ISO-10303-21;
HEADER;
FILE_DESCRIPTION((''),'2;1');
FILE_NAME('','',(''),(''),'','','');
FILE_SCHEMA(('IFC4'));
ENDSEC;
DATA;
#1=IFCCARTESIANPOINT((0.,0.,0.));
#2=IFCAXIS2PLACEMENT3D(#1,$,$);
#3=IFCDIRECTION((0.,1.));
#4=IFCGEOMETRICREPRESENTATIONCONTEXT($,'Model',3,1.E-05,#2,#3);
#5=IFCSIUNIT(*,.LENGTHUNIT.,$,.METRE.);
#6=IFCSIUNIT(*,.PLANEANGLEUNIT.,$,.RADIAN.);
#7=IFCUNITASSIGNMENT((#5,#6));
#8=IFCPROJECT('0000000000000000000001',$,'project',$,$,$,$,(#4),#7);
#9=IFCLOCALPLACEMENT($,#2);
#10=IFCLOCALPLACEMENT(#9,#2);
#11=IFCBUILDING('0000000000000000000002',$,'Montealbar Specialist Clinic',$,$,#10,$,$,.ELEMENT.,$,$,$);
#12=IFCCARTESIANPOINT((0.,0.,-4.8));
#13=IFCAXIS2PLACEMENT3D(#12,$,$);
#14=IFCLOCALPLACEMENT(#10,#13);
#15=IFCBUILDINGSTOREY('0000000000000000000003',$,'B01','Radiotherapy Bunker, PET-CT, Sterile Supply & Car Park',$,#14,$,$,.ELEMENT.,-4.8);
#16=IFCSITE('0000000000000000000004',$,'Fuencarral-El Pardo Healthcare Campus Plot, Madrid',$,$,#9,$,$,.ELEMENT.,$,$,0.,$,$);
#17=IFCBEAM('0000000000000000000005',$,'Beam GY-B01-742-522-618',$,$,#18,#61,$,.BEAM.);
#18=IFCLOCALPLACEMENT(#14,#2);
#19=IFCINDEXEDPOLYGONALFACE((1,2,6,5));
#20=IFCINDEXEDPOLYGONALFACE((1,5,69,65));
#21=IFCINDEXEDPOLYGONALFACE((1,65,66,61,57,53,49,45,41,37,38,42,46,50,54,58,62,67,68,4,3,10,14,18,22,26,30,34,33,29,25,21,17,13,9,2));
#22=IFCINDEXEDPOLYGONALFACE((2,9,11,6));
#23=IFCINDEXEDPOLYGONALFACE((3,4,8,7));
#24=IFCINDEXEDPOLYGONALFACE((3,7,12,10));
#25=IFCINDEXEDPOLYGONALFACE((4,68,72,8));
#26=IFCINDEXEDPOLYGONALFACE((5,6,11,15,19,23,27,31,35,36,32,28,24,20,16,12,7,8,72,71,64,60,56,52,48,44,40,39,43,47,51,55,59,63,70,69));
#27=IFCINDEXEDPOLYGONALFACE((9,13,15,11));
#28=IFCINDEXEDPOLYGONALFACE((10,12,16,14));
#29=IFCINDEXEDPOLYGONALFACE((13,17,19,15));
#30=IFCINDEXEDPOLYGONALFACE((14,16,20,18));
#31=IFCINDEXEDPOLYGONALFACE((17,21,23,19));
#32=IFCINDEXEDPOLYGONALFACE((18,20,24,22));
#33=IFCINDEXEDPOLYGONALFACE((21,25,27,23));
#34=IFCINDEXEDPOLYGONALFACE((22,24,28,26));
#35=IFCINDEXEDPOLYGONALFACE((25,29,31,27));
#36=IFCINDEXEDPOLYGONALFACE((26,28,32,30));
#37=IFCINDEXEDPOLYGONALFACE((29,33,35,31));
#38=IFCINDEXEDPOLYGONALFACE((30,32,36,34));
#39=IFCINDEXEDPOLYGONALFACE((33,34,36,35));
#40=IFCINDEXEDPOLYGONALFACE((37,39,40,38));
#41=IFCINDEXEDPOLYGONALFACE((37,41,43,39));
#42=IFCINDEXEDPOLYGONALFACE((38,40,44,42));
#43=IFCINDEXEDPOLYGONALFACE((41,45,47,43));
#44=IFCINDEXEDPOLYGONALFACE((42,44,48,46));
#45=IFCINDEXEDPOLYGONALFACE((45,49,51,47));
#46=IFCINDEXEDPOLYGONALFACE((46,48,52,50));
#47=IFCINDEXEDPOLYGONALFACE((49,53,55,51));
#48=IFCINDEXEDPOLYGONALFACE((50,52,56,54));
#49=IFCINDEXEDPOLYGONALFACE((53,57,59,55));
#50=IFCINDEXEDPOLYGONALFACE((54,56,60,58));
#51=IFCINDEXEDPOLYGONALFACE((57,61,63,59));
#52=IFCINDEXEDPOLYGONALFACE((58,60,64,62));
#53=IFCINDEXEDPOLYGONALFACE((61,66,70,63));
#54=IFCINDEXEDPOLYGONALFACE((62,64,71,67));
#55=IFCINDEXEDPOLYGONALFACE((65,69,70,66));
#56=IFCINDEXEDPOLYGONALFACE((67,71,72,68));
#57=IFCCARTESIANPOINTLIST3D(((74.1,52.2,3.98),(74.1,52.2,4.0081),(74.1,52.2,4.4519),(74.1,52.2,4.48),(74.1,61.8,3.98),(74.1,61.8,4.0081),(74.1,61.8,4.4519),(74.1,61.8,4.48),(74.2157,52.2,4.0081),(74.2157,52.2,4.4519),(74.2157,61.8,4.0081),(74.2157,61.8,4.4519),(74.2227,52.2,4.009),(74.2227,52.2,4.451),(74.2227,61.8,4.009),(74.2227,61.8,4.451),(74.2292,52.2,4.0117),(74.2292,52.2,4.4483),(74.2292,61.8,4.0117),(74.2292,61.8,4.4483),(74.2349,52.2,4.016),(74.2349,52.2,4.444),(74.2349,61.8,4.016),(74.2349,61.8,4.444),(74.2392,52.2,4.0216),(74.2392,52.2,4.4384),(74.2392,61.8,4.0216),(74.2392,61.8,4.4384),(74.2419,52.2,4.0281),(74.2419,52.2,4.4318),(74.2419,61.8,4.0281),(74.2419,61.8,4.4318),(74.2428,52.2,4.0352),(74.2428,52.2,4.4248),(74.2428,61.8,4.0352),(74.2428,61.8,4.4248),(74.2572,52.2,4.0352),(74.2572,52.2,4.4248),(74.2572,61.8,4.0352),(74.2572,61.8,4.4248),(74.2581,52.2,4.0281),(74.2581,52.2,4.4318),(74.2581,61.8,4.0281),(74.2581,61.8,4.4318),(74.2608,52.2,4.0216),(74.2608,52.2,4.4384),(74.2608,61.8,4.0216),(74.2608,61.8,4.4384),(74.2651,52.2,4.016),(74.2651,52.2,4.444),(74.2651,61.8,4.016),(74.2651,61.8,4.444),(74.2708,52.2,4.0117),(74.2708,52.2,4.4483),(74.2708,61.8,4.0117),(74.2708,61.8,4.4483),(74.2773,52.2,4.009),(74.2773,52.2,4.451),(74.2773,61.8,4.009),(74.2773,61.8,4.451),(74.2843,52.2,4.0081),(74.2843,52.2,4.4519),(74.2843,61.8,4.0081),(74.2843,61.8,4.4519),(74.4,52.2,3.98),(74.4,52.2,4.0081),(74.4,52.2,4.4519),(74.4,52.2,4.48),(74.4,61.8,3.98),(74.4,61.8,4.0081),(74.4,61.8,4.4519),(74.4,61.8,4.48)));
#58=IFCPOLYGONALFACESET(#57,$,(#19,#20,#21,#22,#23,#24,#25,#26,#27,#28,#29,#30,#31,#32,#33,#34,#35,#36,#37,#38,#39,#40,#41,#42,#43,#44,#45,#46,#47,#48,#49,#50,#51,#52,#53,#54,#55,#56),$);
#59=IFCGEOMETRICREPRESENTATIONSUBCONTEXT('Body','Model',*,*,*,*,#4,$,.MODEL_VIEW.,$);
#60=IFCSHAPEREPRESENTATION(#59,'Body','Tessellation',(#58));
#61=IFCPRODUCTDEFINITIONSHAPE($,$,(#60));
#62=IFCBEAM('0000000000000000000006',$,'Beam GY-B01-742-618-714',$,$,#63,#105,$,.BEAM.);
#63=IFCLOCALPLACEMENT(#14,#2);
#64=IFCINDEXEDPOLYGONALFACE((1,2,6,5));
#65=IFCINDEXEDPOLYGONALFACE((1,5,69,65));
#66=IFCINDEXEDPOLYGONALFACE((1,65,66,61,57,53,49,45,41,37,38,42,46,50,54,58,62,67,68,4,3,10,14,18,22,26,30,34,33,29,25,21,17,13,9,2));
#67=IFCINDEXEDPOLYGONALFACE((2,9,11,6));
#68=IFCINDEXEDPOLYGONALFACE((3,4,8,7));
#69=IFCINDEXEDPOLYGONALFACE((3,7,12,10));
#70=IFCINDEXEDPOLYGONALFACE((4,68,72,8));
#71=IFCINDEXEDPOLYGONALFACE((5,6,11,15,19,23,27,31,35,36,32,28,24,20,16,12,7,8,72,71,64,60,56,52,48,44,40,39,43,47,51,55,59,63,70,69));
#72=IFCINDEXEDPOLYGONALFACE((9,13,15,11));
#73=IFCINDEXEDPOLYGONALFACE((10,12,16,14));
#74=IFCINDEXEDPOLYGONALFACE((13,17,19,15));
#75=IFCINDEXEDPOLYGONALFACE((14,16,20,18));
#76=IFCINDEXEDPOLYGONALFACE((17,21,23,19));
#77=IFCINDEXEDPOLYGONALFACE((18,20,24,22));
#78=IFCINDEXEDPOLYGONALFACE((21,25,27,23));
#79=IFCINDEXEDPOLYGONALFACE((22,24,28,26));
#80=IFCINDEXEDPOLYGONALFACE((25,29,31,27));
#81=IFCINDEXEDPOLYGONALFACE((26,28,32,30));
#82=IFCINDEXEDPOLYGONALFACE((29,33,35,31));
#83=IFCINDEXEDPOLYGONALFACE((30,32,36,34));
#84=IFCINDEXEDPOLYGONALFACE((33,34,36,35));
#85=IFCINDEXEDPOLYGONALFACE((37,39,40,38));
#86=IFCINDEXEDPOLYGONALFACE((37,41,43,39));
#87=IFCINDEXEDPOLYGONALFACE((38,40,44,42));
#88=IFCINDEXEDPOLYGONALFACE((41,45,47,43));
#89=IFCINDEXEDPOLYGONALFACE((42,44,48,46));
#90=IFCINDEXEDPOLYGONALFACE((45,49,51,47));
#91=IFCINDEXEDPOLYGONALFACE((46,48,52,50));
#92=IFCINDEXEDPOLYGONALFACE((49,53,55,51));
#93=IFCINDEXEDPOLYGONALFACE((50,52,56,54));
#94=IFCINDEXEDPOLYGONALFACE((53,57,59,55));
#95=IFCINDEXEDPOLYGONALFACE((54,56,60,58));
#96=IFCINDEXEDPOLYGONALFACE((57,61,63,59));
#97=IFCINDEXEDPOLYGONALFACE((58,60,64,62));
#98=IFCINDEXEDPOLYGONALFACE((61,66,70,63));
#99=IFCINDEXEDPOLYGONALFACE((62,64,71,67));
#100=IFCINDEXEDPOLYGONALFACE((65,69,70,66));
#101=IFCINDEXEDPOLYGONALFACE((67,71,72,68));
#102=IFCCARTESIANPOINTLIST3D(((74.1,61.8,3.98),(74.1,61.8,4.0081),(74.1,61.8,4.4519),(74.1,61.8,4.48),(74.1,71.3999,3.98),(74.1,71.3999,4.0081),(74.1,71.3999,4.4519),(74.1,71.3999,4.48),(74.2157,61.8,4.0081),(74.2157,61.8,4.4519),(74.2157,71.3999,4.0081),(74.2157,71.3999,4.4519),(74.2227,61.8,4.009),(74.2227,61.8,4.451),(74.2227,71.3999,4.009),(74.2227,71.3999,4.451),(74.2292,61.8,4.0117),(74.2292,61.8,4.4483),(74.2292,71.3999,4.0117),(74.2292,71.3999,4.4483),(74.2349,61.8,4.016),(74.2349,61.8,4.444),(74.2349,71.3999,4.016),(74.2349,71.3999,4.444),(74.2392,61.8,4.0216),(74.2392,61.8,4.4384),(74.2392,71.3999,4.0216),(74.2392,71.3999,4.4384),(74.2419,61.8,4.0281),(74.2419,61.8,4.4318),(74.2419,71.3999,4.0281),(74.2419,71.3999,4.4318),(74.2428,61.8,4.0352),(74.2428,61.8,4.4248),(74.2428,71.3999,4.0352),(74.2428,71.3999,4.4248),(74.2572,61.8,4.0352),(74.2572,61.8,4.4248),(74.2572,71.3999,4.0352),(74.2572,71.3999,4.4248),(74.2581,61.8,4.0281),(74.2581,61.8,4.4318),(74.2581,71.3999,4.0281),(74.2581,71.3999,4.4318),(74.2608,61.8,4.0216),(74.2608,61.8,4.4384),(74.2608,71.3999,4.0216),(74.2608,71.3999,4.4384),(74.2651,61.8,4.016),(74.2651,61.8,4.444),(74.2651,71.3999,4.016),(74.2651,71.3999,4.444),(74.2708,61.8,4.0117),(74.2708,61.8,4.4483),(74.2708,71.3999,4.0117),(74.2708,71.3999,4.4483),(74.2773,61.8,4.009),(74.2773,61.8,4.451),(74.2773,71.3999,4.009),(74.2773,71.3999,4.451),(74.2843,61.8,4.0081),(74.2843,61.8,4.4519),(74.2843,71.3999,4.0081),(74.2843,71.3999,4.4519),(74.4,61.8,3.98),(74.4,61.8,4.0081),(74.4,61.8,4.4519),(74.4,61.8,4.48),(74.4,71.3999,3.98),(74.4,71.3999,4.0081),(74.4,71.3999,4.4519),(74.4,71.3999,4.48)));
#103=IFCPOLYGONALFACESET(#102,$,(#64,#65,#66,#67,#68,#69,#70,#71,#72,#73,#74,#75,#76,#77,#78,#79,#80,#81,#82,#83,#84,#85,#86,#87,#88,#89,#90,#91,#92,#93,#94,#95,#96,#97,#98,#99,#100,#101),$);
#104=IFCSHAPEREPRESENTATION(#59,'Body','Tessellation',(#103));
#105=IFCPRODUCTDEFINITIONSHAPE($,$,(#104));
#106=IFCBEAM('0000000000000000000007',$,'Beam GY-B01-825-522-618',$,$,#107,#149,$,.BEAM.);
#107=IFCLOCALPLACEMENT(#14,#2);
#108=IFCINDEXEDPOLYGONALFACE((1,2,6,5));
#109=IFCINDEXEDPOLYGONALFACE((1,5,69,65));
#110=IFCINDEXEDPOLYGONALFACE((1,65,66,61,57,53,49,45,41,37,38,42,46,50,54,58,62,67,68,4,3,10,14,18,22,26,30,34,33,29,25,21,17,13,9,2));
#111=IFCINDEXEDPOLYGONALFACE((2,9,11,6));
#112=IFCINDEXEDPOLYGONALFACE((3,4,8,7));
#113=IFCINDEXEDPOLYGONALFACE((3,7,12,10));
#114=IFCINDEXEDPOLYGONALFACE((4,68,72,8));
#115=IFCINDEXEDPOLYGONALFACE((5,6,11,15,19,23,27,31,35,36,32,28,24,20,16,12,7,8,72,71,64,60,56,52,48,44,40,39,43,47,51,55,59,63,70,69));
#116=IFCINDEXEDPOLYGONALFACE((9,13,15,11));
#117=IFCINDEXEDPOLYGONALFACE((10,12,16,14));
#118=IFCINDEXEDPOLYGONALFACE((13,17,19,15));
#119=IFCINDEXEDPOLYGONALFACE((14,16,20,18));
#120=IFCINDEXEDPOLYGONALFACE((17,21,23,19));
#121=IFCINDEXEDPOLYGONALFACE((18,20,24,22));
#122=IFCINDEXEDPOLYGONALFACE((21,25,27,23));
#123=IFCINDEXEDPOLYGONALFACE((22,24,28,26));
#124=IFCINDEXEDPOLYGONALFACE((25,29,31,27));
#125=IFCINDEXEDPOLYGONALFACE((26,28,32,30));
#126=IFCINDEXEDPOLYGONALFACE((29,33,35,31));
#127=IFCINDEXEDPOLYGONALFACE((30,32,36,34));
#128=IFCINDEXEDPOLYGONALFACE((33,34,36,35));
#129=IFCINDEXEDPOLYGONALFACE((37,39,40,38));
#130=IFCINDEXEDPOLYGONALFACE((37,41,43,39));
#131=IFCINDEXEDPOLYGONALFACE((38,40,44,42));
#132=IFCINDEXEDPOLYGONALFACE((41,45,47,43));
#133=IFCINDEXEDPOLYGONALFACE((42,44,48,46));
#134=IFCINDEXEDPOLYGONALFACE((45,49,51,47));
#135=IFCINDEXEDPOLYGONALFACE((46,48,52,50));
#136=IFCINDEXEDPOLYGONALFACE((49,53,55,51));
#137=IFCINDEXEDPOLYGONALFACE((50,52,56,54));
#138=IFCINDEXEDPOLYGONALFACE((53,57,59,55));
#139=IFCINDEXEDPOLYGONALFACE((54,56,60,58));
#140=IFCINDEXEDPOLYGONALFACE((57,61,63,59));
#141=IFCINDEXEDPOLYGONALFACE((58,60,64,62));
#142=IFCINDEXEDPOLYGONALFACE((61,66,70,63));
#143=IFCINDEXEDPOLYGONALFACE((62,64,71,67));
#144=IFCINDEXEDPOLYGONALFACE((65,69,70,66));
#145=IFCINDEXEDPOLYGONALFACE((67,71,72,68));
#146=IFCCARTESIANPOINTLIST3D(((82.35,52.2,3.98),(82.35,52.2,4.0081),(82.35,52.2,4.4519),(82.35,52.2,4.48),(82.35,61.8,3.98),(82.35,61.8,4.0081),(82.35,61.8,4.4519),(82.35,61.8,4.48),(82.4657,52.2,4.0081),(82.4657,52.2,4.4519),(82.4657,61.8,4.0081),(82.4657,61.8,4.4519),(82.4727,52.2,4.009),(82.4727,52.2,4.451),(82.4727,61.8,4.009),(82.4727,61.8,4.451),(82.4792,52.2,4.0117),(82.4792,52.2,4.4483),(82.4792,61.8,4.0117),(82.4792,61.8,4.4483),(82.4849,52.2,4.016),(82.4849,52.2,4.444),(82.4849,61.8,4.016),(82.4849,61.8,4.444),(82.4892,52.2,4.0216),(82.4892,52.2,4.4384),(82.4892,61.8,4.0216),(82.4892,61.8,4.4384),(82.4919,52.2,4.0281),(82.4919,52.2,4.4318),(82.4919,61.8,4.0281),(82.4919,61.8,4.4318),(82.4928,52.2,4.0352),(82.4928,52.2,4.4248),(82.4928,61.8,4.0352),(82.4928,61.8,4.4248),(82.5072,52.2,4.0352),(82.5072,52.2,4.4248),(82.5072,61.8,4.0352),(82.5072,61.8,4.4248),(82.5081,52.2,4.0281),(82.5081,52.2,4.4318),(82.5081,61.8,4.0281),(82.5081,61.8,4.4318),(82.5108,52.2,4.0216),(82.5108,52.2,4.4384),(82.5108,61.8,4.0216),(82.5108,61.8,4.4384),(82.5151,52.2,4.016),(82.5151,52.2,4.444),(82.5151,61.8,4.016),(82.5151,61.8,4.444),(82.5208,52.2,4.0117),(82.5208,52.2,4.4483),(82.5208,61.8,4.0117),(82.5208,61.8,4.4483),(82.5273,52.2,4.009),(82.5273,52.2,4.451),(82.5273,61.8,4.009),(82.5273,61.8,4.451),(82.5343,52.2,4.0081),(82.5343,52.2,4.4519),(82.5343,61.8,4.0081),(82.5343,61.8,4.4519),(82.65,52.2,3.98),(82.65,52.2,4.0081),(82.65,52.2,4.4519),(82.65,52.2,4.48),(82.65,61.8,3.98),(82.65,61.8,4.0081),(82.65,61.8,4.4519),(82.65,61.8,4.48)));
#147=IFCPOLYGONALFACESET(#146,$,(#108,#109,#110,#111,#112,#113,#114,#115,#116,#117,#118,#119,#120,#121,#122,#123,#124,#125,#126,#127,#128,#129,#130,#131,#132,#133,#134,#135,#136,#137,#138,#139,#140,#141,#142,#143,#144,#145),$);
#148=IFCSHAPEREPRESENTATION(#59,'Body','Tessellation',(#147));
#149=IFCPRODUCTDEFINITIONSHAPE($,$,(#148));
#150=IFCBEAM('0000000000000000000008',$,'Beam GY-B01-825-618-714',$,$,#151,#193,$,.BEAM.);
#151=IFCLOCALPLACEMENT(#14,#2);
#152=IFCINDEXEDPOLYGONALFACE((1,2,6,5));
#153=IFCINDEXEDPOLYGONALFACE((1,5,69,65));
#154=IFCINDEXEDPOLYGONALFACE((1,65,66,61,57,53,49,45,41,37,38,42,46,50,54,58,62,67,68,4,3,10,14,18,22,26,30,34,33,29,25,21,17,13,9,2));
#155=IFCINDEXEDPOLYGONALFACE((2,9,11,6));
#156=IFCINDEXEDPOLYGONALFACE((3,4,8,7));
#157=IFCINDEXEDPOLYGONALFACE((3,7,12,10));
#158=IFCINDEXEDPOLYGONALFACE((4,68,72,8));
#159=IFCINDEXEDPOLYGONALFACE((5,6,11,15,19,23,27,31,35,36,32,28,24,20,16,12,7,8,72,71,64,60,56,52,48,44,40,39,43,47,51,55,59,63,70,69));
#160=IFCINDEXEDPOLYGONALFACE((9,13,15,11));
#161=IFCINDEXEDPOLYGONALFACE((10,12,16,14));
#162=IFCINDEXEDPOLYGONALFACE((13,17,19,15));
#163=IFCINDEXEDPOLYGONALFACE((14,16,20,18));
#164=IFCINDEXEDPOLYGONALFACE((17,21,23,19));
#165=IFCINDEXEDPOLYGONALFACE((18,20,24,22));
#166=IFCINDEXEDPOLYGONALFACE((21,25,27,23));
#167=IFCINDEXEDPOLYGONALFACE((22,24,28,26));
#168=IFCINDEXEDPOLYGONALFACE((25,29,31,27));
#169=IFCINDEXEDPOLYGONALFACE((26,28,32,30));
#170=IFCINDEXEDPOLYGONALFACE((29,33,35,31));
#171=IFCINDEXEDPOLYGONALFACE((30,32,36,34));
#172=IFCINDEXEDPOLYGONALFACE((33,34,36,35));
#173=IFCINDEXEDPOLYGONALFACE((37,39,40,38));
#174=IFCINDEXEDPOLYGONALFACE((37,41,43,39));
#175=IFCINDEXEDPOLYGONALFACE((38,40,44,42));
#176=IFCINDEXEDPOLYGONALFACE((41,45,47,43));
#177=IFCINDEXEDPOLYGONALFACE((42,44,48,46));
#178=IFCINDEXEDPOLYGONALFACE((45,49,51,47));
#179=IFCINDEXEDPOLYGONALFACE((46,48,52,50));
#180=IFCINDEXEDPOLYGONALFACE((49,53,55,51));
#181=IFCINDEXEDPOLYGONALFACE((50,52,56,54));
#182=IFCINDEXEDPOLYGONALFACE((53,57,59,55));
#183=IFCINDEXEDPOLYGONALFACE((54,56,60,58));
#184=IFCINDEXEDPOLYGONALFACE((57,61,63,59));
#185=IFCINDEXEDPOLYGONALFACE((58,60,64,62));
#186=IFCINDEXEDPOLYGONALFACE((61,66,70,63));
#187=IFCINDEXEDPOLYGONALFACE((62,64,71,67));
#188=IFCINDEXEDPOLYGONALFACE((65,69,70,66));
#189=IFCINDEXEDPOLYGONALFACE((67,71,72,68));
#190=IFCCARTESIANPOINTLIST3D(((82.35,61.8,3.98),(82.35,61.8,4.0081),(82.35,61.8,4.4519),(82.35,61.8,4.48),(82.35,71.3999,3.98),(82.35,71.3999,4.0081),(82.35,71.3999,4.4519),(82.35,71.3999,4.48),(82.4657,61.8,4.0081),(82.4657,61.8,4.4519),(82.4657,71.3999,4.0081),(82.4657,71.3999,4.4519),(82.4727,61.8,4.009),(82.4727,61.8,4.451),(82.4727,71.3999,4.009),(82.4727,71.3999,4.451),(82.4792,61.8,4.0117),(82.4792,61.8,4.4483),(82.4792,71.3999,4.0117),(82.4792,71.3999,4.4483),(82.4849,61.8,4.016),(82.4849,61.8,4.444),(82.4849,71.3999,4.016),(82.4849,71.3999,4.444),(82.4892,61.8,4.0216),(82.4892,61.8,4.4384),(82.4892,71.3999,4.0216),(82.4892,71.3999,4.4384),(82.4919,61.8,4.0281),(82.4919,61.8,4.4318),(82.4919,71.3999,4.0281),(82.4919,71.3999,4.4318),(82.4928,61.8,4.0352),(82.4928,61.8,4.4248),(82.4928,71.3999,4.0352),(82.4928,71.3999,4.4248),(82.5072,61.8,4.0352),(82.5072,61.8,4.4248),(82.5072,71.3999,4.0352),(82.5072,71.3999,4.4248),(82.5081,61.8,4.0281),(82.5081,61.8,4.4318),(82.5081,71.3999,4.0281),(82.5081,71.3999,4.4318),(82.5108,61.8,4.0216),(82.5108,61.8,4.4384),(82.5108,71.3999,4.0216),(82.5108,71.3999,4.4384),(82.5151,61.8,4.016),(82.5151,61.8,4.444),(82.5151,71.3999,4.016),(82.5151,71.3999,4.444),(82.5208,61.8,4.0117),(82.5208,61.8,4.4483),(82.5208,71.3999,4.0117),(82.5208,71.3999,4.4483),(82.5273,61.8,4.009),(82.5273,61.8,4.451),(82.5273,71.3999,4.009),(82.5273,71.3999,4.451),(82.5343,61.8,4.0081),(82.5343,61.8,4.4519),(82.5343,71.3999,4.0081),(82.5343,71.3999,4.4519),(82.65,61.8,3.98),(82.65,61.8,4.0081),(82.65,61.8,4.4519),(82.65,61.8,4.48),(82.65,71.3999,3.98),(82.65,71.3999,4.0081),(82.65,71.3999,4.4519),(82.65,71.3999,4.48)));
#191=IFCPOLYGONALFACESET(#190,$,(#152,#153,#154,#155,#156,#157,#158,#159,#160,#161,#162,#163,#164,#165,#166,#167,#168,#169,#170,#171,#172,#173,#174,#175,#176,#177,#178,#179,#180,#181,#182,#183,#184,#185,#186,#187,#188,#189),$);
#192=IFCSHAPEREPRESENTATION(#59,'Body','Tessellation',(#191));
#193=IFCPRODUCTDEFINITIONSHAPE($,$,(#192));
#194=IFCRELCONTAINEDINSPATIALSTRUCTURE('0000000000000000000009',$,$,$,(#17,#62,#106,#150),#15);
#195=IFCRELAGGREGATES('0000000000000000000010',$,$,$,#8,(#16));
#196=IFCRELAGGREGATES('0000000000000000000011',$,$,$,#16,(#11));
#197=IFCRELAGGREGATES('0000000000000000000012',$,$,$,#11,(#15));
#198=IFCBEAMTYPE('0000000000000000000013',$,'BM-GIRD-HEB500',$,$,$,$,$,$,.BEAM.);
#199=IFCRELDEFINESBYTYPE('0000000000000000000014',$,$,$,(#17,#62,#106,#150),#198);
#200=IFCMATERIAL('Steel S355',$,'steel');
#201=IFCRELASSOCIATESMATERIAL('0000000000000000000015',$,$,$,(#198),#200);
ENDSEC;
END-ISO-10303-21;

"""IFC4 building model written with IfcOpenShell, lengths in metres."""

from ifc_helpers import new_model, si_unit, direction, frame, origin, origin_2d, place, context, subcontext, project, spatial, i_section, extrude, material, material_profile, profile_set, type_object, element, save


model = new_model("IFC4")

# Units and contexts
model_context = context("Model", 3, precision=1e-05, world=origin(), true_north=direction((0.0, 1.0)))
body_context = subcontext(model_context, "Body", "Model", "MODEL_VIEW")
ifc_project = project(units=[si_unit("LENGTHUNIT", "METRE"), si_unit("PLANEANGLEUNIT", "RADIAN")], contexts=[model_context])

# Site, building, storey
site_placement = place(None, origin())
site = spatial("IfcSite", under=ifc_project, at=site_placement, Name="Fuencarral-El Pardo Healthcare Campus Plot, Madrid", CompositionType="ELEMENT", RefElevation=0.0)
building_placement = place(site_placement, origin())
building = spatial("IfcBuilding", under=site, at=building_placement, Name="Montealbar Specialist Clinic", CompositionType="ELEMENT")
storey_placement = place(building_placement, frame((0.0, 0.0, -4.8)))
storey = spatial("IfcBuildingStorey", under=building, at=storey_placement, Name="B01", Description="Radiotherapy Bunker, PET-CT, Sterile Supply & Car Park", CompositionType="ELEMENT", Elevation=-4.8)

# Shared definitions
ifc_material_1 = material(Name="Steel S355", Category="steel")

# Beams
ifc_material_profile_1 = material_profile(ifc_material_1, i_section(OverallWidth=0.3, OverallDepth=0.5, WebThickness=0.0144, FlangeThickness=0.0281, FilletRadius=0.0271, at=origin_2d()), Name="HEB 500", Category="steel")
ifc_profile_set_1 = profile_set([ifc_material_profile_1], Name="Steel S355")
beam_type_1 = type_object("IfcBeamType", Name="BM-GIRD-HEB500", PredefinedType="BEAM", material=ifc_profile_set_1)
beam_1_placement = place(storey_placement, frame((74.25, 52.2, 4.23), z_axis=(0.0, 1.0, 0.0), x_axis=(-1.0, 0.0, 0.0)))
element("IfcBeam", 1, at=beam_1_placement, inside=storey, type_object=beam_type_1, Name="Beam GY-B01-742-522-618", PredefinedType="BEAM", context=body_context, shape_type="SweptSolid", body=[
    extrude(i_section(OverallWidth=0.3, OverallDepth=0.5, WebThickness=0.0144, FlangeThickness=0.0281, FilletRadius=0.0271, at=origin_2d()), origin(), (0.0, 0.0, 1.0), 9.6001),
])
beam_2_placement = place(storey_placement, frame((74.25, 61.8, 4.23), z_axis=(0.0, 1.0, 0.0), x_axis=(-1.0, 0.0, 0.0)))
element("IfcBeam", 2, at=beam_2_placement, inside=storey, type_object=beam_type_1, Name="Beam GY-B01-742-618-714", PredefinedType="BEAM", context=body_context, shape_type="SweptSolid", body=[
    extrude(i_section(OverallWidth=0.3, OverallDepth=0.5, WebThickness=0.0144, FlangeThickness=0.0281, FilletRadius=0.0271, at=origin_2d()), origin(), (0.0, 0.0, 1.0), 9.5999),
])
beam_3_placement = place(storey_placement, frame((82.5, 52.2, 4.23), z_axis=(0.0, 1.0, 0.0), x_axis=(-1.0, 0.0, 0.0)))
element("IfcBeam", 3, at=beam_3_placement, inside=storey, type_object=beam_type_1, Name="Beam GY-B01-825-522-618", PredefinedType="BEAM", context=body_context, shape_type="SweptSolid", body=[
    extrude(i_section(OverallWidth=0.3, OverallDepth=0.5, WebThickness=0.0144, FlangeThickness=0.0281, FilletRadius=0.0271, at=origin_2d()), origin(), (0.0, 0.0, 1.0), 9.6001),
])
beam_4_placement = place(storey_placement, frame((82.5, 61.8, 4.23), z_axis=(0.0, 1.0, 0.0), x_axis=(-1.0, 0.0, 0.0)))
element("IfcBeam", 4, at=beam_4_placement, inside=storey, type_object=beam_type_1, Name="Beam GY-B01-825-618-714", PredefinedType="BEAM", context=body_context, shape_type="SweptSolid", body=[
    extrude(i_section(OverallWidth=0.3, OverallDepth=0.5, WebThickness=0.0144, FlangeThickness=0.0281, FilletRadius=0.0271, at=origin_2d()), origin(), (0.0, 0.0, 1.0), 9.5999),
])

save(model, "model.ifc")
